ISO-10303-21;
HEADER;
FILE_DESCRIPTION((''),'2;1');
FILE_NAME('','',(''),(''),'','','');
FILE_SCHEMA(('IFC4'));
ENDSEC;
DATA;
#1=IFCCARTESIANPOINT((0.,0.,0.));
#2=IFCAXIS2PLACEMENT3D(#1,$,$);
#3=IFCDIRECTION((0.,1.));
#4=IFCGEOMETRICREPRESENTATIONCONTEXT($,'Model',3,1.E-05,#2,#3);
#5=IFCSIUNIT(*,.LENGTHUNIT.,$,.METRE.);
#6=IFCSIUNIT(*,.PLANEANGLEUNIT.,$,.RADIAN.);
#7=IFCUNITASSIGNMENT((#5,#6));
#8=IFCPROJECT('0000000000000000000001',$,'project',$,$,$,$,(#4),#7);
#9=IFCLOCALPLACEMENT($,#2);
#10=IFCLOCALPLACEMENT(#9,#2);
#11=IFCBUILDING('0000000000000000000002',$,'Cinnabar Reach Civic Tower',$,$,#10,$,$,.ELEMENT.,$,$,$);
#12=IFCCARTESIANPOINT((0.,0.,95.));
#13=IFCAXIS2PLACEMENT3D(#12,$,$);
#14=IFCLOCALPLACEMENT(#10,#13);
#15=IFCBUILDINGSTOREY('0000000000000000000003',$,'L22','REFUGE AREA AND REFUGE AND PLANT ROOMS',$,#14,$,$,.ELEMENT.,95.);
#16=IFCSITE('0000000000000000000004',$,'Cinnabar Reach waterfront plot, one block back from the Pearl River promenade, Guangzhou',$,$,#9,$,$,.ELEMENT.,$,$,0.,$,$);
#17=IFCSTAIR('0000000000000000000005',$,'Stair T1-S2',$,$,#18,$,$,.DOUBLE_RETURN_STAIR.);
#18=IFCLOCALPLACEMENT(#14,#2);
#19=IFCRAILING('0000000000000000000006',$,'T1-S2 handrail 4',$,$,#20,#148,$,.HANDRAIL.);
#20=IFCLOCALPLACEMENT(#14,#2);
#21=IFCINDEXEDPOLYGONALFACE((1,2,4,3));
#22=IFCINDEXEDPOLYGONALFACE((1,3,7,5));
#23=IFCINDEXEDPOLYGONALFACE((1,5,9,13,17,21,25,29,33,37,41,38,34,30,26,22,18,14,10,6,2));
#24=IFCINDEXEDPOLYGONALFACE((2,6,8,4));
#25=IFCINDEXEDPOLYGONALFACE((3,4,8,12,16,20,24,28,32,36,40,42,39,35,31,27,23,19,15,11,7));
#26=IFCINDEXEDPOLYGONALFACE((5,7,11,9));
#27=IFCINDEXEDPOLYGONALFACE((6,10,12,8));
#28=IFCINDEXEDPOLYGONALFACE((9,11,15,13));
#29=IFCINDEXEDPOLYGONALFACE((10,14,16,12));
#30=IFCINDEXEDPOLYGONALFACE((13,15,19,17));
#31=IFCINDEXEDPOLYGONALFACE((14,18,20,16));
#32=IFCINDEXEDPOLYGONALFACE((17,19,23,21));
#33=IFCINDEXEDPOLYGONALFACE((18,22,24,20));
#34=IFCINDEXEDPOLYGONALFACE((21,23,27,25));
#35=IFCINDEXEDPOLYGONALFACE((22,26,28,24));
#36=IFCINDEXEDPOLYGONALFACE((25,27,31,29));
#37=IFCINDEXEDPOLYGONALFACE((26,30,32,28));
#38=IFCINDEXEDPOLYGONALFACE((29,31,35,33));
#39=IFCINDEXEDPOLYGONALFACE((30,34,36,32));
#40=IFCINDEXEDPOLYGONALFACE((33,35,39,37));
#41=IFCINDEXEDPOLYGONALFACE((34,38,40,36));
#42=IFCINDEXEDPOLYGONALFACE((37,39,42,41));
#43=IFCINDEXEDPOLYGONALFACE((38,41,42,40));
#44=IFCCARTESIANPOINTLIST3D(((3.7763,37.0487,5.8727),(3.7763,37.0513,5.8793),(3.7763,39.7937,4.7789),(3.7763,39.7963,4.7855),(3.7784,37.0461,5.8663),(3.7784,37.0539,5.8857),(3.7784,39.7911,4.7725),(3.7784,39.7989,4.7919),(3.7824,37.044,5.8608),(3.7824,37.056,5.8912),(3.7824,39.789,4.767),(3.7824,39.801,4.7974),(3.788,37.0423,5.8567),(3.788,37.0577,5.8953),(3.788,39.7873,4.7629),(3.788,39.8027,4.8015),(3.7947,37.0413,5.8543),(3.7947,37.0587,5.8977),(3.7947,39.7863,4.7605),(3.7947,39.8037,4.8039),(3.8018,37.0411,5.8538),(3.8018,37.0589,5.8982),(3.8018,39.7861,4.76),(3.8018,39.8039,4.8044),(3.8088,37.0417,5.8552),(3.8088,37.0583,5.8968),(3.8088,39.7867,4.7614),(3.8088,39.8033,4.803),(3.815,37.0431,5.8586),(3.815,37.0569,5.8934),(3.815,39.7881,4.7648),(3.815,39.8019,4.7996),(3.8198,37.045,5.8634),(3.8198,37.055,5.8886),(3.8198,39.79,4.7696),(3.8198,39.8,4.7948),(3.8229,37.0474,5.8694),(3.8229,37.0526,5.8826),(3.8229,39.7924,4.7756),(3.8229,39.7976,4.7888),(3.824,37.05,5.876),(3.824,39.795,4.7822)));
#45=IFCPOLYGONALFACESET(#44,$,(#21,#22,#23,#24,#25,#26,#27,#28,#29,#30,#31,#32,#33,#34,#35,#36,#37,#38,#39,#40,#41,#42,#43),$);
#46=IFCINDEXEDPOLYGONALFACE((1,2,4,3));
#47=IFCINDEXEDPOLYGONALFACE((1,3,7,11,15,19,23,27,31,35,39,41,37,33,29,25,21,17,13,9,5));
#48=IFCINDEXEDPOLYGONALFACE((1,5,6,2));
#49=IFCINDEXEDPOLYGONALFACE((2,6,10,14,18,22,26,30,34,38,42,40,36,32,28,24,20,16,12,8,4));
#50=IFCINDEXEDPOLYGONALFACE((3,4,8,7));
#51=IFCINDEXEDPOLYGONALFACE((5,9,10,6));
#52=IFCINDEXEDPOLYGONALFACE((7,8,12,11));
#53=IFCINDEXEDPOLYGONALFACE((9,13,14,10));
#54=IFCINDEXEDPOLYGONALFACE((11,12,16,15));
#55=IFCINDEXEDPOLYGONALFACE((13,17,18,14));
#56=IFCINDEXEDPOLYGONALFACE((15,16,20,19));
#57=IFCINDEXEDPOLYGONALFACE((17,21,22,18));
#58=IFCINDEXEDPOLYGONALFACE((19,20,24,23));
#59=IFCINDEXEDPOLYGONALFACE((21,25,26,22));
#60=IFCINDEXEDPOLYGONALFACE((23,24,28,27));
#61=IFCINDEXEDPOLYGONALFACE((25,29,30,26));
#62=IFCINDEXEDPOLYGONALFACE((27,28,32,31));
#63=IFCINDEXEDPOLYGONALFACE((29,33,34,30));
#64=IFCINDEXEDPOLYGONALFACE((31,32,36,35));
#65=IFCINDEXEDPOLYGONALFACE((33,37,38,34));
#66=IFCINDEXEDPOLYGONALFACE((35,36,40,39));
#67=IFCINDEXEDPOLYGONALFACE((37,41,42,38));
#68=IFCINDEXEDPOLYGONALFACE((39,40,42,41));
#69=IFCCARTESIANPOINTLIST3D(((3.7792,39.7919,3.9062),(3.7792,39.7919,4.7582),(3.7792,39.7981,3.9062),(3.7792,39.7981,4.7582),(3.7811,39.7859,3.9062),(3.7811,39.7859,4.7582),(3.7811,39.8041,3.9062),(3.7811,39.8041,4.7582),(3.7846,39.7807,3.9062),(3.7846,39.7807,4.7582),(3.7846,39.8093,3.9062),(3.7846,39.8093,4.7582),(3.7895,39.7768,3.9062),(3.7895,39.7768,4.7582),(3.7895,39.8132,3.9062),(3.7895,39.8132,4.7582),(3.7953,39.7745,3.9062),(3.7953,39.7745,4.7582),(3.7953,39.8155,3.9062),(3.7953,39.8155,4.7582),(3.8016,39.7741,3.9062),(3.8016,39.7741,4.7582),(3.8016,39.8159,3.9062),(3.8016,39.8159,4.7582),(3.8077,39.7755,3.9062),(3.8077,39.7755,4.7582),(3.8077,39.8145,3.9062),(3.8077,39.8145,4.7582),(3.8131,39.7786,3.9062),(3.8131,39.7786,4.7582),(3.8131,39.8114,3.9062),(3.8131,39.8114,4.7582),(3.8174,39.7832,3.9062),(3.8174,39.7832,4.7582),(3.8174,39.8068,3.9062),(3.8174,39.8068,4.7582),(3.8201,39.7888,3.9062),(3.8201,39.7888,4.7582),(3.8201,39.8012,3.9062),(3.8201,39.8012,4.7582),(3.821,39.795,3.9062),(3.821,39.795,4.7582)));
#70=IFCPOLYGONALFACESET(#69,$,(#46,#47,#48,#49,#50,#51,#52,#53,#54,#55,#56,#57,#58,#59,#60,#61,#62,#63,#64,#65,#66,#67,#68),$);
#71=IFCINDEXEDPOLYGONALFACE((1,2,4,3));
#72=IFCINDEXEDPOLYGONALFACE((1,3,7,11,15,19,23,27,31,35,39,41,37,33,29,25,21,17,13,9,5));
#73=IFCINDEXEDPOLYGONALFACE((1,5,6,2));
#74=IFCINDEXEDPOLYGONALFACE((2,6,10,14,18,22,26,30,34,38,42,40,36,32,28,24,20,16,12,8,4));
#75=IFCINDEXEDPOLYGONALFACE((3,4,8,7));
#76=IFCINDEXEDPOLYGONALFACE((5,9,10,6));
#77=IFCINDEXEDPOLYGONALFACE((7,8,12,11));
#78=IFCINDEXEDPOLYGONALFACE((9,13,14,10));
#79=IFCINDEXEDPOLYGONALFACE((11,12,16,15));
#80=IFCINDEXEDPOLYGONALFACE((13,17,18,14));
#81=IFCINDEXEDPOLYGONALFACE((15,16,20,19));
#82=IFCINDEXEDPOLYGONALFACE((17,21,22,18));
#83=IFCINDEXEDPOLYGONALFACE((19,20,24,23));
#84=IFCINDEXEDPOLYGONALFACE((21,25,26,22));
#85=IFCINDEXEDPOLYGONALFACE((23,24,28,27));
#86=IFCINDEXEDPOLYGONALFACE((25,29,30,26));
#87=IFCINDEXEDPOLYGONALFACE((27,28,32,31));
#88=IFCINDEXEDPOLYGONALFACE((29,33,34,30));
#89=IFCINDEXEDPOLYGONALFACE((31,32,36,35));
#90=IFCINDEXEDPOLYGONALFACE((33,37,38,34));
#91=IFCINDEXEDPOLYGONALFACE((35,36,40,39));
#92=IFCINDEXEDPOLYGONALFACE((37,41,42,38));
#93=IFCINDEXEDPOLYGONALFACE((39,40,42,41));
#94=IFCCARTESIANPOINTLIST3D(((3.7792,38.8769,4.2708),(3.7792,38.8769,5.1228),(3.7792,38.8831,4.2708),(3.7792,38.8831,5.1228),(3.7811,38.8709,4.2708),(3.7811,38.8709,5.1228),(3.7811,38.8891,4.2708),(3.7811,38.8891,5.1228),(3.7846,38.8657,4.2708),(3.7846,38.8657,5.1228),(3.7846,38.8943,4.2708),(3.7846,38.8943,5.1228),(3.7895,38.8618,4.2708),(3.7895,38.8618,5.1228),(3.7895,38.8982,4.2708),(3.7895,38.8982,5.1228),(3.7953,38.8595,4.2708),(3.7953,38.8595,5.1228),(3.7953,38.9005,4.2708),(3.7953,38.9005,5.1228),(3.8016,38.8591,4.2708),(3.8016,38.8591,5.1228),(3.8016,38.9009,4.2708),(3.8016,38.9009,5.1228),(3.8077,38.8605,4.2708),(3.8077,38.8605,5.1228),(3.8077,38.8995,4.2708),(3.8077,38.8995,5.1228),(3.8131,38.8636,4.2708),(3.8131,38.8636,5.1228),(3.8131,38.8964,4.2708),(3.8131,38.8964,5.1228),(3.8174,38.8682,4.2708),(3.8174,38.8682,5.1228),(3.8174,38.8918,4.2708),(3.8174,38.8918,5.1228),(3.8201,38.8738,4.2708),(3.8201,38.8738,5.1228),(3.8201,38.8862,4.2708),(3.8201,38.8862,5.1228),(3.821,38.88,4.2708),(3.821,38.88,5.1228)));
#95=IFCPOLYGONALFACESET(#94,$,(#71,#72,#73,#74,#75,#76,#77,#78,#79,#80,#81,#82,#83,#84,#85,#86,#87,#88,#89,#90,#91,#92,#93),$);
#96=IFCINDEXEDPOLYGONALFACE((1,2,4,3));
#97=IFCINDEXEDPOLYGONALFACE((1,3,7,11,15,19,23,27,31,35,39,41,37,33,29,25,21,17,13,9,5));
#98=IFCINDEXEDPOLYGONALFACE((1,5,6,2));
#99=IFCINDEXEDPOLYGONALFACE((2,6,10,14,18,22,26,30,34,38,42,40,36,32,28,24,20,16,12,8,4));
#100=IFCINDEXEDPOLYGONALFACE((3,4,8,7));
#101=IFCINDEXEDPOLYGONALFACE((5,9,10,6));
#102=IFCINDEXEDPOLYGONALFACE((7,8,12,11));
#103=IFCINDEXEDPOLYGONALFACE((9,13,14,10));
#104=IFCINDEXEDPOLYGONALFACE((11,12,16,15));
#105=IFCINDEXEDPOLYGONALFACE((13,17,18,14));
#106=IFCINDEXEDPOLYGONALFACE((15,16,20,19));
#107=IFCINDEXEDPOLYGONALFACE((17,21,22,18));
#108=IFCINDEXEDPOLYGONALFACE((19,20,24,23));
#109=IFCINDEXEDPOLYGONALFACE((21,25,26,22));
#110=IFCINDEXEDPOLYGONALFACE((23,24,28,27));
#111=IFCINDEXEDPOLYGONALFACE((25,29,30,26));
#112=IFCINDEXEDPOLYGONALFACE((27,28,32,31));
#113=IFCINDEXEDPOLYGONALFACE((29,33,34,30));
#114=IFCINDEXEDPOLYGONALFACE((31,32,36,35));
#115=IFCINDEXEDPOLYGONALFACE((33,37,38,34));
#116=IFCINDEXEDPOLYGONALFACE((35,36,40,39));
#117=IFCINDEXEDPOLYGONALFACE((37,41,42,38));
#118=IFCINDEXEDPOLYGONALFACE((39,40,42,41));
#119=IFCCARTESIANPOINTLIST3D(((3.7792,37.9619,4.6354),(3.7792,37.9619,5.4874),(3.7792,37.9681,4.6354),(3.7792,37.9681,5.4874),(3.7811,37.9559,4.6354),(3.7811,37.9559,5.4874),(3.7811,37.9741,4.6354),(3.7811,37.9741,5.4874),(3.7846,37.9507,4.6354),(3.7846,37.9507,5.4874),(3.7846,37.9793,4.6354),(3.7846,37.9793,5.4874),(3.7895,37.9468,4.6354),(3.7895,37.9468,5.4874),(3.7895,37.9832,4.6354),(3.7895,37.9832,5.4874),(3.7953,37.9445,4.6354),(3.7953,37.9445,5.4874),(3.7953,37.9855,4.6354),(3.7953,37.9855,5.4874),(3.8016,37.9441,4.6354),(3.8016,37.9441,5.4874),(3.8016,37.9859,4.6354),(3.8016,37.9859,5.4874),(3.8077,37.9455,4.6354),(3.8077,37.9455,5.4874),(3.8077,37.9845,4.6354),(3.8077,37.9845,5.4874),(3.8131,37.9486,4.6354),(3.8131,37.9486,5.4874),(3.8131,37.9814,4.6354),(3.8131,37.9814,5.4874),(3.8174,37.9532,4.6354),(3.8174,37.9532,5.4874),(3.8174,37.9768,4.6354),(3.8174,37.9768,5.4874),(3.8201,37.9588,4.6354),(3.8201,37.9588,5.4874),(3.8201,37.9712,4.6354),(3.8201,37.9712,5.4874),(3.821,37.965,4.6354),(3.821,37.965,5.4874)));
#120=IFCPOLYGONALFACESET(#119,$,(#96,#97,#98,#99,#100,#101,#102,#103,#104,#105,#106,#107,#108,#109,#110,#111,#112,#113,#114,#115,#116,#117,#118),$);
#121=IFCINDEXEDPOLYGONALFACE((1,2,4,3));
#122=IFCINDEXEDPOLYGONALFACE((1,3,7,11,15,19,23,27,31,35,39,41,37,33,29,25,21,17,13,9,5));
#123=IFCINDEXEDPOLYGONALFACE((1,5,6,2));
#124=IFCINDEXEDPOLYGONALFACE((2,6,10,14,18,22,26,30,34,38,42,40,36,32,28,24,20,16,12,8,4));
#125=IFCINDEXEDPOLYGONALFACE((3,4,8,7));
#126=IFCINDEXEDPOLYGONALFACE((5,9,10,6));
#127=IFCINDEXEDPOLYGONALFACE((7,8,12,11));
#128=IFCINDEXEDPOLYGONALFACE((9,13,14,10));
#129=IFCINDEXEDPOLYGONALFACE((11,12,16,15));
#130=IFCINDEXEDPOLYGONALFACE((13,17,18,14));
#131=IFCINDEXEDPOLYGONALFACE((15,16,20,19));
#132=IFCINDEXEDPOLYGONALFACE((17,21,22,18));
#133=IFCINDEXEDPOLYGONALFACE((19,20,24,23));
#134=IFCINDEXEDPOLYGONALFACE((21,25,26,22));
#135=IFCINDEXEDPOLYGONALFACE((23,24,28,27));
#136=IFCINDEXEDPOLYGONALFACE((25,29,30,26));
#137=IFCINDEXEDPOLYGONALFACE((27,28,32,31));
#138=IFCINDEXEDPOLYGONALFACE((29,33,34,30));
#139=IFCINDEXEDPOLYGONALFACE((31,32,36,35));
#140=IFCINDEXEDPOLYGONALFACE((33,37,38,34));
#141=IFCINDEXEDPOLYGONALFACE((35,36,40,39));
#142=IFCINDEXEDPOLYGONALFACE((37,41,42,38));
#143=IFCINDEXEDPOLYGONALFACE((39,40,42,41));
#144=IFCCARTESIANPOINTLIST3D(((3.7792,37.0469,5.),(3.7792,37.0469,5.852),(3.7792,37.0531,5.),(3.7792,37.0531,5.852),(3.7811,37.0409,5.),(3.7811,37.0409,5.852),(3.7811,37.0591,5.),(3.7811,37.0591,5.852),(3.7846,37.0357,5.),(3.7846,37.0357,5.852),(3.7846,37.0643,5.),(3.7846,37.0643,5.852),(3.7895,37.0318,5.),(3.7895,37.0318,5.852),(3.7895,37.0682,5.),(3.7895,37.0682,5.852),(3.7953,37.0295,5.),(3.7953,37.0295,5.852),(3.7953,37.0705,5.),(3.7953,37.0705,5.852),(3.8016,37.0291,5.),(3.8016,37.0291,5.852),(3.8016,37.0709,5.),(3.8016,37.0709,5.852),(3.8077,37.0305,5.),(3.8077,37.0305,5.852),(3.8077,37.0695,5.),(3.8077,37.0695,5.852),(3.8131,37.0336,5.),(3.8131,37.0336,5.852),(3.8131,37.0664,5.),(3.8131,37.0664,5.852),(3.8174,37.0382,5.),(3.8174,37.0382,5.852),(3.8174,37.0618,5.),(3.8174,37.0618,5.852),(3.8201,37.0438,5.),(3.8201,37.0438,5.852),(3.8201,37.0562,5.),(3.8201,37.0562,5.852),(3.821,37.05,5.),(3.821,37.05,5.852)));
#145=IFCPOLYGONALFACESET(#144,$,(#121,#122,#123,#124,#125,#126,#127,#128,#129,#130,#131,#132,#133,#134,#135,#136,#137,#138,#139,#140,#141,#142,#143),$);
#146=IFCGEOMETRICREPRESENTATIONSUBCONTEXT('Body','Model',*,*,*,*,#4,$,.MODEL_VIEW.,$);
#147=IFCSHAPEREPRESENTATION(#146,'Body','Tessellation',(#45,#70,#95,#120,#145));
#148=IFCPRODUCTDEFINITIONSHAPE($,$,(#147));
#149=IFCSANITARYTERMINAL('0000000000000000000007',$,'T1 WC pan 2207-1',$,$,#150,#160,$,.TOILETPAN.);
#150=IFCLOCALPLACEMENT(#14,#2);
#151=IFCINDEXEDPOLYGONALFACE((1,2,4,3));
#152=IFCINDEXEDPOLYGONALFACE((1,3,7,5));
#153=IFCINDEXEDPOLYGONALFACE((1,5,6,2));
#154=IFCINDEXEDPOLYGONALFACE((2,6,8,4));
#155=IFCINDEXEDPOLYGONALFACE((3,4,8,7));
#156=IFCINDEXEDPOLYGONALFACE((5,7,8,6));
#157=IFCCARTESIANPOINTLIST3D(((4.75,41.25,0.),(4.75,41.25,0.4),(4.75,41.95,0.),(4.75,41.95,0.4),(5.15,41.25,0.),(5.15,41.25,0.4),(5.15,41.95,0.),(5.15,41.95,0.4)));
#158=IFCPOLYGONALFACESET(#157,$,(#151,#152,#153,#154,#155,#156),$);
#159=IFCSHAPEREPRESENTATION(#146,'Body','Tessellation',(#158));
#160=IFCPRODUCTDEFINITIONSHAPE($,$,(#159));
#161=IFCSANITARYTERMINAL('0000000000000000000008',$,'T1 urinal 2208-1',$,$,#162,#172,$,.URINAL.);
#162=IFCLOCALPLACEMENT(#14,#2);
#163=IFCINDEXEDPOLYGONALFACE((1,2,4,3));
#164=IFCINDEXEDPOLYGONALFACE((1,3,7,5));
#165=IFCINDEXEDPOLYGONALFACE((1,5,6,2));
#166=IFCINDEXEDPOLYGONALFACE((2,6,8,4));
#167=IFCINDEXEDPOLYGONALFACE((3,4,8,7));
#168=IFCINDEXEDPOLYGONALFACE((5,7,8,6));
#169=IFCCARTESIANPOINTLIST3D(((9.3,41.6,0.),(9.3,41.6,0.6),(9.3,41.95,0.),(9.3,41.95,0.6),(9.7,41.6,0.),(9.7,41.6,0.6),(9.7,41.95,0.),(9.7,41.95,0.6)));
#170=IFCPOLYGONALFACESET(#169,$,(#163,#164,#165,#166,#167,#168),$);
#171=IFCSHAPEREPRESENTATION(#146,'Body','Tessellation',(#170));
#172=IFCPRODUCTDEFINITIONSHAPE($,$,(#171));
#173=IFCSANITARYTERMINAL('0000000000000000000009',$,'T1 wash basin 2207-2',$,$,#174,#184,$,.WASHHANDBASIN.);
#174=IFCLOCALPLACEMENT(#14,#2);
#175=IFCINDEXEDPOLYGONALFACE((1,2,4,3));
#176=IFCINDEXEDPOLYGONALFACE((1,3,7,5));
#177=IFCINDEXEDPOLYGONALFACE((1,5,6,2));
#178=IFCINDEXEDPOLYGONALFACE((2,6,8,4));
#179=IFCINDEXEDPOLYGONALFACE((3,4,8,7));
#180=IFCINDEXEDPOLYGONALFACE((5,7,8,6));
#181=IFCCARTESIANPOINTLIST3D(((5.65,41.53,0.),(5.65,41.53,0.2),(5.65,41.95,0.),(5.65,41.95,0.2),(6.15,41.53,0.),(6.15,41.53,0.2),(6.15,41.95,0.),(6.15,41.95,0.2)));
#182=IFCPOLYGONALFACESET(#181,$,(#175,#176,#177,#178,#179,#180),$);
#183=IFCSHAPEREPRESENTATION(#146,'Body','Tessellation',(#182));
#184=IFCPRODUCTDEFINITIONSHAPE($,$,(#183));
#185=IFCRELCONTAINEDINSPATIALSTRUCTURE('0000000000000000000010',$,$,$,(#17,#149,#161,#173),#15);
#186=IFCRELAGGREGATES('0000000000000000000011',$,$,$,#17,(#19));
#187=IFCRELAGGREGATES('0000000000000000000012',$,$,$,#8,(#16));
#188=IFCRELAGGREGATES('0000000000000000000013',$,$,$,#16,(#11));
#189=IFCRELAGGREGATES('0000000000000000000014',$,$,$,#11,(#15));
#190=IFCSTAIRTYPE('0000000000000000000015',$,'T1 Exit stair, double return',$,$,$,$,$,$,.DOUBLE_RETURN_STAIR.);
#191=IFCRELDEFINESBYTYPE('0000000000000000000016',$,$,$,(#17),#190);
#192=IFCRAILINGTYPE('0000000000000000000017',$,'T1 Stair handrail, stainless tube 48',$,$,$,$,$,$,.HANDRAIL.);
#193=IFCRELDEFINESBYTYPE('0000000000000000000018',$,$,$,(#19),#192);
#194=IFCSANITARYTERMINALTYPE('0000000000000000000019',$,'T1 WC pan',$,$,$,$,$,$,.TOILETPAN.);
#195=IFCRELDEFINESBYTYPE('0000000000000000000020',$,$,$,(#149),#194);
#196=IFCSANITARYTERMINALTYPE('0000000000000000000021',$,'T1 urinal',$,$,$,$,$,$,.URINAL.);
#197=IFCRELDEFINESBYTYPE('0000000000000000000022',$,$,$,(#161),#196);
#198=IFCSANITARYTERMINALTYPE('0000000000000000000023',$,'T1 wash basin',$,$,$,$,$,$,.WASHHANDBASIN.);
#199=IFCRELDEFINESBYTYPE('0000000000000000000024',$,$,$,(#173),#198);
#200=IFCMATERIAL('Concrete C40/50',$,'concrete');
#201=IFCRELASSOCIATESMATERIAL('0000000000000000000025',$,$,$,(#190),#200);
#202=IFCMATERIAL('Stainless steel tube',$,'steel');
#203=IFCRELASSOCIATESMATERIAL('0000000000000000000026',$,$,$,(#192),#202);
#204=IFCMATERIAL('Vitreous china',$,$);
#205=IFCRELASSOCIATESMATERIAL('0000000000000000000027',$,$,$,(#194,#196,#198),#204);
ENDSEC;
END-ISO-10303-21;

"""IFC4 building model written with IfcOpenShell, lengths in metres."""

from ifc_helpers import new_model, si_unit, direction, frame, origin, origin_2d, place, context, subcontext, project, spatial, rectangle, circle, extrude, material, type_object, element, aggregate, save


model = new_model("IFC4")

# Units and contexts
model_context = context("Model", 3, precision=1e-05, world=origin(), true_north=direction((0.0, 1.0)))
body_context = subcontext(model_context, "Body", "Model", "MODEL_VIEW")
ifc_project = project(units=[si_unit("LENGTHUNIT", "METRE"), si_unit("PLANEANGLEUNIT", "RADIAN")], contexts=[model_context])

# Site, building, storey
site_placement = place(None, origin())
site = spatial("IfcSite", under=ifc_project, at=site_placement, Name="Cinnabar Reach waterfront plot, one block back from the Pearl River promenade, Guangzhou", CompositionType="ELEMENT", RefElevation=0.0)
building_placement = place(site_placement, origin())
building = spatial("IfcBuilding", under=site, at=building_placement, Name="Cinnabar Reach Civic Tower", CompositionType="ELEMENT")
storey_placement = place(building_placement, frame((0.0, 0.0, 95.0)))
storey = spatial("IfcBuildingStorey", under=building, at=storey_placement, Name="L22", Description="REFUGE AREA AND REFUGE AND PLANT ROOMS", CompositionType="ELEMENT", Elevation=95.0)

# Stair, railing
ifc_material_1 = material(Name="Concrete C40/50", Category="concrete")
stair_type = type_object("IfcStairType", Name="T1 Exit stair, double return", PredefinedType="DOUBLE_RETURN_STAIR", material=ifc_material_1)
stair_placement = place(storey_placement, origin())
stair = element("IfcStair", 1, at=stair_placement, inside=storey, type_object=stair_type, Name="Stair T1-S2", PredefinedType="DOUBLE_RETURN_STAIR")
ifc_material_2 = material(Name="Stainless steel tube", Category="steel")
railing_type = type_object("IfcRailingType", Name="T1 Stair handrail, stainless tube 48", PredefinedType="HANDRAIL", material=ifc_material_2)
railing_1_placement = place(storey_placement, frame((3.8, 39.795, 3.9062)))
railing_1 = element("IfcRailing", 2, at=railing_1_placement, type_object=railing_type, Name="T1-S2 handrail 4", PredefinedType="HANDRAIL", context=body_context, shape_type="SweptSolid", body=[
    extrude(circle(Radius=0.024, at=origin_2d()), frame((0.0, 0.0, 0.876), z_axis=(0.0, -0.928966, 0.370165), x_axis=(1.0, 0.0, 0.0)), (0.0, 0.0, 1.0), 2.9549),
    extrude(circle(Radius=0.021, at=origin_2d()), origin(), (0.0, 0.0, 1.0), 0.852),
    extrude(circle(Radius=0.021, at=origin_2d()), frame((0.0, -0.915, 0.3646)), (0.0, 0.0, 1.0), 0.852),
    extrude(circle(Radius=0.021, at=origin_2d()), frame((0.0, -1.83, 0.7292)), (0.0, 0.0, 1.0), 0.852),
    extrude(circle(Radius=0.021, at=origin_2d()), frame((0.0, -2.745, 1.0938)), (0.0, 0.0, 1.0), 0.852),
])
aggregate(stair, [railing_1])

# Sanitary terminals
ifc_material_3 = material(Name="Vitreous china")
sanitary_terminal_type_1 = type_object("IfcSanitaryTerminalType", Name="T1 WC pan", PredefinedType="TOILETPAN", material=ifc_material_3)
sanitary_terminal_1_placement = place(storey_placement, frame((4.95, 41.6, 0.0), z_axis=(0.0, 0.0, 1.0), x_axis=(1.0, 0.0, 0.0)))
element("IfcSanitaryTerminal", 3, at=sanitary_terminal_1_placement, inside=storey, type_object=sanitary_terminal_type_1, Name="T1 WC pan 2207-1", PredefinedType="TOILETPAN", context=body_context, shape_type="SweptSolid", body=[
    extrude(rectangle(XDim=0.4, YDim=0.7, at=origin_2d()), origin(), (0.0, 0.0, 1.0), 0.4),
])
sanitary_terminal_type_2 = type_object("IfcSanitaryTerminalType", Name="T1 urinal", PredefinedType="URINAL", material=ifc_material_3)
sanitary_terminal_2_placement = place(storey_placement, frame((9.5, 41.775, 0.0), z_axis=(0.0, 0.0, 1.0), x_axis=(1.0, 0.0, 0.0)))
element("IfcSanitaryTerminal", 4, at=sanitary_terminal_2_placement, inside=storey, type_object=sanitary_terminal_type_2, Name="T1 urinal 2208-1", PredefinedType="URINAL", context=body_context, shape_type="SweptSolid", body=[
    extrude(rectangle(XDim=0.4, YDim=0.35, at=origin_2d()), origin(), (0.0, 0.0, 1.0), 0.6),
])
sanitary_terminal_type_3 = type_object("IfcSanitaryTerminalType", Name="T1 wash basin", PredefinedType="WASHHANDBASIN", material=ifc_material_3)
sanitary_terminal_3_placement = place(storey_placement, frame((5.9, 41.74, 0.0), z_axis=(0.0, 0.0, 1.0), x_axis=(1.0, 0.0, 0.0)))
element("IfcSanitaryTerminal", 5, at=sanitary_terminal_3_placement, inside=storey, type_object=sanitary_terminal_type_3, Name="T1 wash basin 2207-2", PredefinedType="WASHHANDBASIN", context=body_context, shape_type="SweptSolid", body=[
    extrude(rectangle(XDim=0.5, YDim=0.42, at=origin_2d()), origin(), (0.0, 0.0, 1.0), 0.2),
])

save(model, "model.ifc")
